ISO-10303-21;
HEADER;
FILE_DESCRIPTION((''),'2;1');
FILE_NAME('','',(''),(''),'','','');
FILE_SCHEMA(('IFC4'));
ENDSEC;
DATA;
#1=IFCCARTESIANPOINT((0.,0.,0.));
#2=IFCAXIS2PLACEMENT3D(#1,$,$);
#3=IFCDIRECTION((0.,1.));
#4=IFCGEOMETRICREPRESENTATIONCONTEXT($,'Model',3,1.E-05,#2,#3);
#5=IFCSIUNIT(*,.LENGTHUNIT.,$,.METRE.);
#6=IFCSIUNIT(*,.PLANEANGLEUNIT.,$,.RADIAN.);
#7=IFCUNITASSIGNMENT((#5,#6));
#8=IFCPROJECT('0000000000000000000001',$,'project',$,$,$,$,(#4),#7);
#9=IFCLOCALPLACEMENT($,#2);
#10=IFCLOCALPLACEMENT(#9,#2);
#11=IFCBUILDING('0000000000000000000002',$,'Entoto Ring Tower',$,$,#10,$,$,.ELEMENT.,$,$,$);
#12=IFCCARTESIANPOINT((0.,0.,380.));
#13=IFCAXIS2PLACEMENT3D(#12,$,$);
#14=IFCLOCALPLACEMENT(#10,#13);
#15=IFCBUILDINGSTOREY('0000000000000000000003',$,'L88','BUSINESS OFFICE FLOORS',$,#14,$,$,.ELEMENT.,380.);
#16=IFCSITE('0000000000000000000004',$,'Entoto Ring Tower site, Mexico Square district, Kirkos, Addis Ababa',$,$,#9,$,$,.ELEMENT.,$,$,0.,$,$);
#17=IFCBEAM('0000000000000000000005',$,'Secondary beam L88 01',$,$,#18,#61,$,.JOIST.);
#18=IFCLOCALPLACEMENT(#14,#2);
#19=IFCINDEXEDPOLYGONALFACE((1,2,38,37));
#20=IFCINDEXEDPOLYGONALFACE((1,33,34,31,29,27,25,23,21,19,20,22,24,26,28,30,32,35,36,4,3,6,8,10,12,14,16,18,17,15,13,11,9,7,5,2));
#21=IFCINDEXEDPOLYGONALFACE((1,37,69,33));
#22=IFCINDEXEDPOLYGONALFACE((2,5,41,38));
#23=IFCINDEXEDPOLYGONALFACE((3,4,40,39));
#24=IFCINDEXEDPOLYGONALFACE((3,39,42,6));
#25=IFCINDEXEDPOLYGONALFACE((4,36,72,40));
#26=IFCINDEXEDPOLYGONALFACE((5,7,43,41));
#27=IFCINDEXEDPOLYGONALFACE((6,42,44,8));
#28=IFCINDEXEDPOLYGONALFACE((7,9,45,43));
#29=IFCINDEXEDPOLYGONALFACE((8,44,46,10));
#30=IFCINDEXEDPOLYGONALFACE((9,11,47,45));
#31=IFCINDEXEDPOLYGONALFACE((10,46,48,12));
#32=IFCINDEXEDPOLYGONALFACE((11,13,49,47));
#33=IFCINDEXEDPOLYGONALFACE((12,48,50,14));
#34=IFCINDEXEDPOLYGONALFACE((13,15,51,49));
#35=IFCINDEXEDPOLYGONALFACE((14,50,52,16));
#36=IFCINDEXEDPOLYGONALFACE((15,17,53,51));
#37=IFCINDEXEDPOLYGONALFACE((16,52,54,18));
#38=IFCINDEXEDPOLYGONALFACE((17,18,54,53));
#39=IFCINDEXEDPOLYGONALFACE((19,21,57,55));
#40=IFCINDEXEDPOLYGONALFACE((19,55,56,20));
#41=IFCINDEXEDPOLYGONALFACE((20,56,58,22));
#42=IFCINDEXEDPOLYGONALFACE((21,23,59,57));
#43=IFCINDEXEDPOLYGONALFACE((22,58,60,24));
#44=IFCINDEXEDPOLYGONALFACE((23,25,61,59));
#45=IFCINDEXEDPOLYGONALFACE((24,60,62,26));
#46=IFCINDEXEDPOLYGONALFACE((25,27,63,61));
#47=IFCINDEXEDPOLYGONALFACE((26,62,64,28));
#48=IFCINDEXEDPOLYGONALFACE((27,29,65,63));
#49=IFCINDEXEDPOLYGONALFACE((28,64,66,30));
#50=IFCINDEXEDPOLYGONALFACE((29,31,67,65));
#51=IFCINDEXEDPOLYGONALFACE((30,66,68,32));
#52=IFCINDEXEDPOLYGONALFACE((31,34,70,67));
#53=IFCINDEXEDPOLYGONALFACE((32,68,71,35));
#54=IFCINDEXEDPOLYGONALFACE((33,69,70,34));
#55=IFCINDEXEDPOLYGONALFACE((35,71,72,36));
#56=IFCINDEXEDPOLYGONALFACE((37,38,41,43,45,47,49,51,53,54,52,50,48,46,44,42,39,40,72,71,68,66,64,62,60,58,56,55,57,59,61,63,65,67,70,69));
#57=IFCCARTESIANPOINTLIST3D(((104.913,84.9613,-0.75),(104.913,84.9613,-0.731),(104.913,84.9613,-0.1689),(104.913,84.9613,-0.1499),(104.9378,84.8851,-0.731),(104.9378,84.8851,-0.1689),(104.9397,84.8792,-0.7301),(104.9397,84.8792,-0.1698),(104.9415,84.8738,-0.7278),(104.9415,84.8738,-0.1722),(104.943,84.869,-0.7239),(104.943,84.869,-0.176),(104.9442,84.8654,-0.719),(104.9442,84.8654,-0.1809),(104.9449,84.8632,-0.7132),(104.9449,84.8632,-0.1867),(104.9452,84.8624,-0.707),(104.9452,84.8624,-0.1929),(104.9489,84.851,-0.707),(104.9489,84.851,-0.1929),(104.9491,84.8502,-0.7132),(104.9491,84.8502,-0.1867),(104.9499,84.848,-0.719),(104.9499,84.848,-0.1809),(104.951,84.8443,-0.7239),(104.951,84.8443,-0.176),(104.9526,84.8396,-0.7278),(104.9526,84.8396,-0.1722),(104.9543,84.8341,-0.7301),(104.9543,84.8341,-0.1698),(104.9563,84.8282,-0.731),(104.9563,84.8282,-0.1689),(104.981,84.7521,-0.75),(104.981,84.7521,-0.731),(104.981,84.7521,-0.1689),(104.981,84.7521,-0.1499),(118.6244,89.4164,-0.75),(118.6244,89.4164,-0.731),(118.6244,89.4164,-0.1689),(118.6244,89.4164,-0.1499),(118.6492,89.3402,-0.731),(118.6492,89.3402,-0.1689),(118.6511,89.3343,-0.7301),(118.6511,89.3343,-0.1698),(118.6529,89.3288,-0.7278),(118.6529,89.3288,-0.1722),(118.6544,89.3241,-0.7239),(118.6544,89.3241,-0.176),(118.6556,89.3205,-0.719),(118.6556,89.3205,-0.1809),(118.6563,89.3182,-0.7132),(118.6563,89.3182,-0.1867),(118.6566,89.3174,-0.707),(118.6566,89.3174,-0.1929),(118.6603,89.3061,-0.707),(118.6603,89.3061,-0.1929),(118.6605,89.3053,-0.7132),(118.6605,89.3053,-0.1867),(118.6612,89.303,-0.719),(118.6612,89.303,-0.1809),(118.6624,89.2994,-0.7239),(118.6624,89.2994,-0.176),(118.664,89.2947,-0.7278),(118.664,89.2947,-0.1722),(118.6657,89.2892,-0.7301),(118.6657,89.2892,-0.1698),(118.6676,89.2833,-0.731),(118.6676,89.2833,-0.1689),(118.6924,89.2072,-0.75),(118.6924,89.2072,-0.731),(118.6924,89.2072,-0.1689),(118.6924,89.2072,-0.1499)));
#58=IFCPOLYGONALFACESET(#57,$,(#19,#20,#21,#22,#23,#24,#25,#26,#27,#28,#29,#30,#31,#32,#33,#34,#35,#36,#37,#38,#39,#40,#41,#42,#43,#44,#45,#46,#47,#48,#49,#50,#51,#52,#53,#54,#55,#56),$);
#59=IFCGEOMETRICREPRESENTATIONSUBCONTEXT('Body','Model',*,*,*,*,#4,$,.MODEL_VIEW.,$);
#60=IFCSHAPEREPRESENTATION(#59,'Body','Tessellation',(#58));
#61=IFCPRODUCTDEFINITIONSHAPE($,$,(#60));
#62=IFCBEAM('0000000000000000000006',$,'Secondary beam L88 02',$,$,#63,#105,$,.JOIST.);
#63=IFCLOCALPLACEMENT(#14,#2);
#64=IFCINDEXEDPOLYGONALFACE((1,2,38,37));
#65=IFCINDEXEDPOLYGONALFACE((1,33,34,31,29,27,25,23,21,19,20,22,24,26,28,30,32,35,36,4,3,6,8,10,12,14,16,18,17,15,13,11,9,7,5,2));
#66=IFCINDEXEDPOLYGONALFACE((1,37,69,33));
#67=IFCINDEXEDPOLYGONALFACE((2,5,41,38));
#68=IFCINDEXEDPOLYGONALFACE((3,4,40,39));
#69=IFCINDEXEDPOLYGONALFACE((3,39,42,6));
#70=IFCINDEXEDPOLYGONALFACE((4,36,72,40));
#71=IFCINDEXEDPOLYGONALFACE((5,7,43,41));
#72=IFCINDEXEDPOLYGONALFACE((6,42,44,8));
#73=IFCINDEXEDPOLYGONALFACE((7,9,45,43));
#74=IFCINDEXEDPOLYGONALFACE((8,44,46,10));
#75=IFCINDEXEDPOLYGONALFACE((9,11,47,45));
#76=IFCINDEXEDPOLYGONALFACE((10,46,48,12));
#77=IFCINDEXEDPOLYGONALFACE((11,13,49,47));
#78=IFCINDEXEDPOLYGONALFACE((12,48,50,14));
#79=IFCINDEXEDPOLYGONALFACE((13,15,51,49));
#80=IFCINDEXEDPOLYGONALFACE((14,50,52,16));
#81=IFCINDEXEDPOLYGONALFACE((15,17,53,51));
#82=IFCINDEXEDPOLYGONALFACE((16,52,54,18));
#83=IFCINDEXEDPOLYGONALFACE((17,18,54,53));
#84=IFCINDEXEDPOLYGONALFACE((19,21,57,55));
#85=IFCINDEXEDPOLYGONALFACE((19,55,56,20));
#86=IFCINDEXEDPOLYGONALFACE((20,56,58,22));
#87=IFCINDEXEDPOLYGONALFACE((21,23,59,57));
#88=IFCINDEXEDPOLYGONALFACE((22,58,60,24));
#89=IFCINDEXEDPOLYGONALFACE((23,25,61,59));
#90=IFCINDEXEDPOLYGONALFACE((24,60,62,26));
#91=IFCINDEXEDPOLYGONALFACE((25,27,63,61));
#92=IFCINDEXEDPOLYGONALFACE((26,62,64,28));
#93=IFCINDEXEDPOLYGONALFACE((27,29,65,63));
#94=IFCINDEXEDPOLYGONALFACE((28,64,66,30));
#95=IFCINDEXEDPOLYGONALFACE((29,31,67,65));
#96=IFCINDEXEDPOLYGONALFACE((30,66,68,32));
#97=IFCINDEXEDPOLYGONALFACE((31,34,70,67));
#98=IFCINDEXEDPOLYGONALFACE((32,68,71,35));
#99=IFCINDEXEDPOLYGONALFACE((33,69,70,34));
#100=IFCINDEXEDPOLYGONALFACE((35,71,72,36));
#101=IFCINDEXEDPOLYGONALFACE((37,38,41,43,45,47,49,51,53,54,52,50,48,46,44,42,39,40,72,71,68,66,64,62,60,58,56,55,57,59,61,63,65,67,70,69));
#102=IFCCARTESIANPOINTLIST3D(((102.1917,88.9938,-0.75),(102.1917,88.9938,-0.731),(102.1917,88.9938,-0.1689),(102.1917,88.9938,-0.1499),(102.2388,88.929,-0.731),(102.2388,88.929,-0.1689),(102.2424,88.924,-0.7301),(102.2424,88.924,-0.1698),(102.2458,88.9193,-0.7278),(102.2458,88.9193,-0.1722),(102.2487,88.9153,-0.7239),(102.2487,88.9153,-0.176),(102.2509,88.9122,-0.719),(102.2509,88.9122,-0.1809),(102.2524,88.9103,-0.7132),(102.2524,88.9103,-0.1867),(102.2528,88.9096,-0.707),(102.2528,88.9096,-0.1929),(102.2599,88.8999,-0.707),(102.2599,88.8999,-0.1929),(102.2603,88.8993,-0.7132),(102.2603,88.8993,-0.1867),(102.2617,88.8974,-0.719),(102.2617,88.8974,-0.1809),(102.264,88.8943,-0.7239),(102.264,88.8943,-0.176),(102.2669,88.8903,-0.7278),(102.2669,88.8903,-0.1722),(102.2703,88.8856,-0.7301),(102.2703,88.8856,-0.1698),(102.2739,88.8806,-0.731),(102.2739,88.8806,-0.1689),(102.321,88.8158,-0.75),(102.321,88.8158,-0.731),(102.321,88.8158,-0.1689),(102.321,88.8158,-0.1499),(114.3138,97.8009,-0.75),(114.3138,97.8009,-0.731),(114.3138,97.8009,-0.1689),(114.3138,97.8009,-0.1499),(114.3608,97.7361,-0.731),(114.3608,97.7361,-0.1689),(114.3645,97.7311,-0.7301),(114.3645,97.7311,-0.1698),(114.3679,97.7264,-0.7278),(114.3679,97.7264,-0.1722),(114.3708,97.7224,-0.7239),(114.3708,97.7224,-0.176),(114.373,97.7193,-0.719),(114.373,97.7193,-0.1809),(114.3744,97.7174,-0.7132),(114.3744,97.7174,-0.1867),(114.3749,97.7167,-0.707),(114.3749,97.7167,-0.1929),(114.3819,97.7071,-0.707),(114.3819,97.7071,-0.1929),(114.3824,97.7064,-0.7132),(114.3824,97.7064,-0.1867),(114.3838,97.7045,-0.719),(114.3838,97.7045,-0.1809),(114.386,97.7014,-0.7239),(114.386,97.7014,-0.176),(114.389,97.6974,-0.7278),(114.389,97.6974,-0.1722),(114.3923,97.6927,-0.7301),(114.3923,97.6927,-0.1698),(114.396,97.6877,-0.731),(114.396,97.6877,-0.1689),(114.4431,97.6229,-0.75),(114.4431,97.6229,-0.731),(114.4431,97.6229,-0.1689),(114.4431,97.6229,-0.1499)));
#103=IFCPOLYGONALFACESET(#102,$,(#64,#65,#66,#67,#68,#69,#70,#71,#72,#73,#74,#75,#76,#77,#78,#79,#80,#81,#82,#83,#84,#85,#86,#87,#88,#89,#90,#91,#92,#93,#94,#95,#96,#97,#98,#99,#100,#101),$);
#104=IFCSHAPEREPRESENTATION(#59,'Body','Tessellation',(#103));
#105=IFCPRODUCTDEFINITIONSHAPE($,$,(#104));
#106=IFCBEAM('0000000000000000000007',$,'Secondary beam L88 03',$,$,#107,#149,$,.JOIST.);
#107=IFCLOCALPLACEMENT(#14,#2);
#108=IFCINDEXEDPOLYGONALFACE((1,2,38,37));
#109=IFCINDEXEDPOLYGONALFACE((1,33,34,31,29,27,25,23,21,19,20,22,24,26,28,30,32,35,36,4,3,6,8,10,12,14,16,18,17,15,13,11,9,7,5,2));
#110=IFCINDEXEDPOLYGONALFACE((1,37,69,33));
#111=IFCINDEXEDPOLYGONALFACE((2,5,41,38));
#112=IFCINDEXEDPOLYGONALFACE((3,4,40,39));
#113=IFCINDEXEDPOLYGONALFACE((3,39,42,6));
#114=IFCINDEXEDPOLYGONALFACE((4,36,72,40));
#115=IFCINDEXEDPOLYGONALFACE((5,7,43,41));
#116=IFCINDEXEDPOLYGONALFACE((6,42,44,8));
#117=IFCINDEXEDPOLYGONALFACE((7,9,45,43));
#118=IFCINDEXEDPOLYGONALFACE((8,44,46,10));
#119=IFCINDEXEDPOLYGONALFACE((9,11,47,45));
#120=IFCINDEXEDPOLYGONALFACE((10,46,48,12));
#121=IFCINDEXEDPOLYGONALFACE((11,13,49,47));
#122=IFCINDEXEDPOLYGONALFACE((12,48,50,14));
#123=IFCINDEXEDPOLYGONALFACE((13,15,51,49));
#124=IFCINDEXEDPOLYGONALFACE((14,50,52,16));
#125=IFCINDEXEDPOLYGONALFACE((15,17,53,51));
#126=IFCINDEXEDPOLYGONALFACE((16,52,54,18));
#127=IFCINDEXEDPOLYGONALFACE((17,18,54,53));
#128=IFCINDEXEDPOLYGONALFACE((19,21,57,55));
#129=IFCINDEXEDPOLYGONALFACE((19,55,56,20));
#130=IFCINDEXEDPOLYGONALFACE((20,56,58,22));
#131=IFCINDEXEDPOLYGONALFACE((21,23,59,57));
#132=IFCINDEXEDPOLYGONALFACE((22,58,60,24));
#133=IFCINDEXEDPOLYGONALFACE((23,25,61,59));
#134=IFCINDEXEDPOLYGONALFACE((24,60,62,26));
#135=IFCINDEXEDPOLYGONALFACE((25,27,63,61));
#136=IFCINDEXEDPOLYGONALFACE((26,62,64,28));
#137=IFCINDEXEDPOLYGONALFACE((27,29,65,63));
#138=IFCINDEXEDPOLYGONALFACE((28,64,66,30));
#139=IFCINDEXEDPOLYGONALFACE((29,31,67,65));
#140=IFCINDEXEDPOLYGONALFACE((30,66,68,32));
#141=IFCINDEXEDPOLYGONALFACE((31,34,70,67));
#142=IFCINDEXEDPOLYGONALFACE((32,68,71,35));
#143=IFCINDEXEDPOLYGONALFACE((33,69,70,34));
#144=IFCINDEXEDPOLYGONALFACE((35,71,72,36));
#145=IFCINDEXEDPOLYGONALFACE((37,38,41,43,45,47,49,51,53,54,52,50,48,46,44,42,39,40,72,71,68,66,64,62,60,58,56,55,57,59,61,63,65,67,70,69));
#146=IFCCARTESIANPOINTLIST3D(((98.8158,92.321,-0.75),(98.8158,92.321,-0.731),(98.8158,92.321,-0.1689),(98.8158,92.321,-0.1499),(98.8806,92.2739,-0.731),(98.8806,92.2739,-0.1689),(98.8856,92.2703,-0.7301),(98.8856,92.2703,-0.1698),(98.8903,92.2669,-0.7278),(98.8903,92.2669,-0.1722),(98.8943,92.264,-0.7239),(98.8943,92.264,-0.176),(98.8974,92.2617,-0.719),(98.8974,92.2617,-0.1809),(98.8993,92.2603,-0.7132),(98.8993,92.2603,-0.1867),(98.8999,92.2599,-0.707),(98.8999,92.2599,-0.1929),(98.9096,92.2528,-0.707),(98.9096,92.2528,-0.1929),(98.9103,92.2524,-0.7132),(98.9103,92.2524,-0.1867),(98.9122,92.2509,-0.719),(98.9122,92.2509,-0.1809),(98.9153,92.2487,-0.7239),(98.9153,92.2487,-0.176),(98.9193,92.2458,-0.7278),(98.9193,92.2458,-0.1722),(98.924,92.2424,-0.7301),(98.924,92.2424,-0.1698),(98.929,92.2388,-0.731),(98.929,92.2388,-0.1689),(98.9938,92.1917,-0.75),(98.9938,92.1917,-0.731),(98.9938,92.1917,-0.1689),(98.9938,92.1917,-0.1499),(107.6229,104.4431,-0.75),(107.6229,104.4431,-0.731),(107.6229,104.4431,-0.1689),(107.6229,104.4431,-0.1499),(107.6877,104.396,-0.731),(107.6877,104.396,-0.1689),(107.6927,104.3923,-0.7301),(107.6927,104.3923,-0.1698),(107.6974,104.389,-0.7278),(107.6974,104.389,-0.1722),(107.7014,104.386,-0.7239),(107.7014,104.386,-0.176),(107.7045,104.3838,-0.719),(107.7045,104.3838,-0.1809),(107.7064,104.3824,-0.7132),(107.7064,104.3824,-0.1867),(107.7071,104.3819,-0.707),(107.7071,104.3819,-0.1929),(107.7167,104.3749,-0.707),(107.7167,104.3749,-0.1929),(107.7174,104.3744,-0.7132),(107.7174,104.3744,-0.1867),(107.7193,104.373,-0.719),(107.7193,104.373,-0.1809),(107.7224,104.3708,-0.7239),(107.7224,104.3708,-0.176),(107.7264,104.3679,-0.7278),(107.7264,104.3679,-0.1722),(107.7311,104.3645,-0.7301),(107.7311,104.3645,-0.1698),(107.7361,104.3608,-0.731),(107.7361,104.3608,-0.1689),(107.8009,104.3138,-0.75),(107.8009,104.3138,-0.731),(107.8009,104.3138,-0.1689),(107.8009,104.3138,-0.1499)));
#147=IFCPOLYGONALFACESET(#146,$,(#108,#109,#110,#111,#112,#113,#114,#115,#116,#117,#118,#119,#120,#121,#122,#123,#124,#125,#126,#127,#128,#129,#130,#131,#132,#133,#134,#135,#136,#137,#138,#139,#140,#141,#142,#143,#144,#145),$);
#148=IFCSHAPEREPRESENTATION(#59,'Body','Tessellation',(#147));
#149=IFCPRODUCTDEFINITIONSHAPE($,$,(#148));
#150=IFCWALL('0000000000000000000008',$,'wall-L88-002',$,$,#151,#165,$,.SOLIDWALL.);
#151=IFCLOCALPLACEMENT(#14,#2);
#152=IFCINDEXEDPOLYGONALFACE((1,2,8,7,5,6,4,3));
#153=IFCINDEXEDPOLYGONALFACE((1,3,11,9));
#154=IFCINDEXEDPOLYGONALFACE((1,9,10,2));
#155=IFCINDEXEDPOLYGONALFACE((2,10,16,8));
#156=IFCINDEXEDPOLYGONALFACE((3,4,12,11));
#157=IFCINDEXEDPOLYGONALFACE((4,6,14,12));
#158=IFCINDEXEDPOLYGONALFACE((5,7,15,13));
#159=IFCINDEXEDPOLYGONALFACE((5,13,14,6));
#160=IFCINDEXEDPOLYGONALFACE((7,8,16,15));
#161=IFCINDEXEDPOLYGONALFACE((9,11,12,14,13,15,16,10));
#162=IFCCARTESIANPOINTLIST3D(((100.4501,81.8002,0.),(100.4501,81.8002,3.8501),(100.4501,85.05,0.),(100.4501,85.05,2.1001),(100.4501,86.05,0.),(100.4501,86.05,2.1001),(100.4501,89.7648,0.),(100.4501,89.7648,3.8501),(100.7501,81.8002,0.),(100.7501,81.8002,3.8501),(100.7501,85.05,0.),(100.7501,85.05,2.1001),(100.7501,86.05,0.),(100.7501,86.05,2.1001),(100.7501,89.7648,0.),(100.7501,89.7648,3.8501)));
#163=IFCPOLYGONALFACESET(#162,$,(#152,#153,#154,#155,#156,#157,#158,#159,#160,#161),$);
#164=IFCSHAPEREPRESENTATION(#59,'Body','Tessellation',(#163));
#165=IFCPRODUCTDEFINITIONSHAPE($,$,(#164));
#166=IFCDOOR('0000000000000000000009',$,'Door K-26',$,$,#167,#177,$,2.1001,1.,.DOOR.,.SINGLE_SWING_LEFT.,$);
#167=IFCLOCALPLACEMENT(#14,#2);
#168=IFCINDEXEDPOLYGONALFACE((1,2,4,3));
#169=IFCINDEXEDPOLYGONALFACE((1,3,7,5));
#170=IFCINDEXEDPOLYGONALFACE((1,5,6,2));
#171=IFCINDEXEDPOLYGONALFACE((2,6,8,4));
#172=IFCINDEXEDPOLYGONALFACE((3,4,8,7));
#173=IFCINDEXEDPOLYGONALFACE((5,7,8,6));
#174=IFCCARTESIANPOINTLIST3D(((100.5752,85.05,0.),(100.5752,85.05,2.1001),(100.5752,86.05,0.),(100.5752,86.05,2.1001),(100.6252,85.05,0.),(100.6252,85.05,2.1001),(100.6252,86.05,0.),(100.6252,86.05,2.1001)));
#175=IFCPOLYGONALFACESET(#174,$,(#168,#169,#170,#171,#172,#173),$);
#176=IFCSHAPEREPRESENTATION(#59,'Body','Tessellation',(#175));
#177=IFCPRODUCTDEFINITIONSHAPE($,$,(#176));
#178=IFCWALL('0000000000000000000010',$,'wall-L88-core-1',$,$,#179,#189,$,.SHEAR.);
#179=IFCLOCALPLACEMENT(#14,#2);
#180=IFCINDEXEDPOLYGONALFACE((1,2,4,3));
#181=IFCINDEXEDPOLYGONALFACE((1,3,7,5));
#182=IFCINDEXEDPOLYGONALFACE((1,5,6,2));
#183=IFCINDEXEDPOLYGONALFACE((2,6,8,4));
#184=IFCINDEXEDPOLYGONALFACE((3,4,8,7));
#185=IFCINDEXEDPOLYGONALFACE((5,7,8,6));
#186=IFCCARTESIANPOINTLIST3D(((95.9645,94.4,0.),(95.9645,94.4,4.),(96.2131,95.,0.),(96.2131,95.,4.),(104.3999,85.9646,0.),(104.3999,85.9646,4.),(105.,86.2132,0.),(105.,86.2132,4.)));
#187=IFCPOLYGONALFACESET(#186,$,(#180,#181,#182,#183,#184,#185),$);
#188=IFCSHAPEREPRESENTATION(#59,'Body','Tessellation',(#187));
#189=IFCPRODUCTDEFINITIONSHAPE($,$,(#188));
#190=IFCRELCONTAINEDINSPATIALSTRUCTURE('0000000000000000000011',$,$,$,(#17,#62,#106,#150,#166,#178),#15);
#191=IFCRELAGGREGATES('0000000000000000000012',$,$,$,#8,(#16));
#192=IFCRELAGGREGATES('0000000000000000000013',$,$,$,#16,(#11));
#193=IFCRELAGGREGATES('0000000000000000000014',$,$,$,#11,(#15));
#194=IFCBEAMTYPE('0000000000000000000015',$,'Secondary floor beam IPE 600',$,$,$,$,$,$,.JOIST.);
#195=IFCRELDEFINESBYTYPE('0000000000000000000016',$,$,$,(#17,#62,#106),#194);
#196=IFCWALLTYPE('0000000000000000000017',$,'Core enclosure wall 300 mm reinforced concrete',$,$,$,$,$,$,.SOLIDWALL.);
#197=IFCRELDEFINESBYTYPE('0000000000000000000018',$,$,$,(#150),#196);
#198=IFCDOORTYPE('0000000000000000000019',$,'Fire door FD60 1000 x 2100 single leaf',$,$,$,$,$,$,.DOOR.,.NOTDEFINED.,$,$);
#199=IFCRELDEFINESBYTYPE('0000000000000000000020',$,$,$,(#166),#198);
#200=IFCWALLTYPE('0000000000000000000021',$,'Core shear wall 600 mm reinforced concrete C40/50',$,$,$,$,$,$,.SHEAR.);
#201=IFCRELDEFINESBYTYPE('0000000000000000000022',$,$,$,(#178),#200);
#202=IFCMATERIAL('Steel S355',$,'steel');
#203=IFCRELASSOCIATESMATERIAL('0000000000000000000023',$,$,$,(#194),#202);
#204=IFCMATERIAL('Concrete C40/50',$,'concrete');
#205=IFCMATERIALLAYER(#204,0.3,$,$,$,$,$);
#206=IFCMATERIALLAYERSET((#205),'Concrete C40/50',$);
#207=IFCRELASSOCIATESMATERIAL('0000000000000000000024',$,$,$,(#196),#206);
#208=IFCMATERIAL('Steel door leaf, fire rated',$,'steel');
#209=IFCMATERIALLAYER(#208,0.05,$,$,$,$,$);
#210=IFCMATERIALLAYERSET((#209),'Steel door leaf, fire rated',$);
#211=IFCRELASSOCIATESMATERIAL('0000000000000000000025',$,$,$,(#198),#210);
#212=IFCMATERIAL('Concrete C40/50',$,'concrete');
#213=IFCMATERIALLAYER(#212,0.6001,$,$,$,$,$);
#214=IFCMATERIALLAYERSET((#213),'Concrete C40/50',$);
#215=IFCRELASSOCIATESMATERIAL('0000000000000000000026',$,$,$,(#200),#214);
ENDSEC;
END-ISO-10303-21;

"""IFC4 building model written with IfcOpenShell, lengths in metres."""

from ifc_helpers import new_model, si_unit, direction, frame, frame_2d, origin, origin_2d, place, context, subcontext, project, spatial, polyline, rectangle, i_section, outline, extrude, material, layer, layer_set, material_profile, profile_set, type_object, element, fill, save


model = new_model("IFC4")

# Units and contexts
model_context = context("Model", 3, precision=1e-05, world=origin(), true_north=direction((0.0, 1.0)))
body_context = subcontext(model_context, "Body", "Model", "MODEL_VIEW")
ifc_project = project(units=[si_unit("LENGTHUNIT", "METRE"), si_unit("PLANEANGLEUNIT", "RADIAN")], contexts=[model_context])

# Site, building, storey
site_placement = place(None, origin())
site = spatial("IfcSite", under=ifc_project, at=site_placement, Name="Entoto Ring Tower site, Mexico Square district, Kirkos, Addis Ababa", CompositionType="ELEMENT", RefElevation=0.0)
building_placement = place(site_placement, origin())
building = spatial("IfcBuilding", under=site, at=building_placement, Name="Entoto Ring Tower", CompositionType="ELEMENT")
storey_placement = place(building_placement, frame((0.0, 0.0, 380.0)))
storey = spatial("IfcBuildingStorey", under=building, at=storey_placement, Name="L88", Description="BUSINESS OFFICE FLOORS", CompositionType="ELEMENT", Elevation=380.0)

# Beams
ifc_material_1 = material(Name="Steel S355", Category="steel")
ifc_material_profile_1 = material_profile(ifc_material_1, i_section(OverallWidth=0.22, OverallDepth=0.6001, WebThickness=0.012, FlangeThickness=0.019, FilletRadius=0.0239, at=origin_2d()), Name="IPE 600")
ifc_profile_set_1 = profile_set([ifc_material_profile_1], Name="Steel S355")
beam_type_1 = type_object("IfcBeamType", Name="Secondary floor beam IPE 600", PredefinedType="JOIST", material=ifc_profile_set_1)
beam_1_placement = place(storey_placement, frame((104.947, 84.8567, -0.45), z_axis=(0.951057, 0.309015, 0.0), x_axis=(-0.309015, 0.951057, 0.0)))
element("IfcBeam", 1, at=beam_1_placement, inside=storey, type_object=beam_type_1, Name="Secondary beam L88 01", PredefinedType="JOIST", context=body_context, shape_type="SweptSolid", body=[
    extrude(i_section(OverallWidth=0.22, OverallDepth=0.6001, WebThickness=0.012, FlangeThickness=0.019, FilletRadius=0.0239, at=origin_2d()), origin(), (0.0, 0.0, 1.0), 14.417),
])
for number, where, z_axis, x_axis, name in (
    (2, (102.2563, 88.9048, -0.45), (0.809019, 0.587782, 0.0), (-0.587782, 0.809019, 0.0), "Secondary beam L88 02"),
    (3, (98.9048, 92.2563, -0.45), (0.587782, 0.809019, 0.0), (-0.809019, 0.587782, 0.0), "Secondary beam L88 03"),
):
    element("IfcBeam", number, at=place(storey_placement, frame(where, z_axis=z_axis, x_axis=x_axis)), inside=storey, type_object=beam_type_1, Name=name, PredefinedType="JOIST", context=body_context, shape_type="SweptSolid", body=[
        extrude(i_section(OverallWidth=0.22, OverallDepth=0.6001, WebThickness=0.012, FlangeThickness=0.019, FilletRadius=0.0239, at=origin_2d()), origin(), (0.0, 0.0, 1.0), 14.9836),
    ])

# Wall, opening, door
ifc_material_2 = material(Name="Concrete C40/50", Category="concrete")
ifc_layer_1 = layer(ifc_material_2, 0.3)
ifc_layer_set_1 = layer_set([ifc_layer_1], Name="Concrete C40/50")
wall_type_1 = type_object("IfcWallType", Name="Core enclosure wall 300 mm reinforced concrete", PredefinedType="SOLIDWALL", material=ifc_layer_set_1)
wall_1_placement = place(storey_placement, frame((100.6001, 81.8, 0.0), z_axis=(0.0, 0.0, 1.0), x_axis=(0.0, 1.0, 0.0)))
wall_1 = element("IfcWall", 4, at=wall_1_placement, inside=storey, type_object=wall_type_1, Name="wall-L88-002", PredefinedType="SOLIDWALL", context=body_context, shape_type="SweptSolid", body=[
    extrude(rectangle(XDim=7.9646, YDim=0.3, at=frame_2d((3.9824, 0.0))), origin(), (0.0, 0.0, 1.0), 3.8501),
])
opening_1_placement = place(wall_1_placement, frame((3.25, 0.0, 0.0)))
opening_1 = element("IfcOpeningElement", 5, at=opening_1_placement, cuts=wall_1, PredefinedType="OPENING", context=body_context, shape_type="SweptSolid", body=[
    extrude(rectangle(XDim=1.0, YDim=2.1001, at=frame_2d((0.5, 1.05))), frame((0.0, 0.1602, 0.0), z_axis=(0.0, -1.0, 0.0), x_axis=(1.0, 0.0, 0.0)), (0.0, 0.0, 1.0), 0.3201),
])
ifc_material_3 = material(Name="Steel door leaf, fire rated", Category="steel")
ifc_layer_2 = layer(ifc_material_3, 0.05)
ifc_layer_set_2 = layer_set([ifc_layer_2], Name="Steel door leaf, fire rated")
door_type_1 = type_object("IfcDoorType", Name="Fire door FD60 1000 x 2100 single leaf", OperationType="NOTDEFINED", PredefinedType="DOOR", material=ifc_layer_set_2)
door_1_placement = place(opening_1_placement, origin())
door_1 = element("IfcDoor", 6, at=door_1_placement, inside=storey, type_object=door_type_1, Name="Door K-26", OperationType="SINGLE_SWING_LEFT", OverallHeight=2.1001, OverallWidth=1.0, PredefinedType="DOOR", context=body_context, shape_type="SweptSolid", body=[
    extrude(rectangle(XDim=1.0, YDim=2.1001, at=frame_2d((0.5, 1.05))), frame((0.0, 0.0249, 0.0), z_axis=(0.0, -1.0, 0.0), x_axis=(1.0, 0.0, 0.0)), (0.0, 0.0, 1.0), 0.05),
])
fill(opening_1, door_1)

# Wall
ifc_material_4 = material(Name="Concrete C40/50", Category="concrete")
ifc_layer_3 = layer(ifc_material_4, 0.6001)
ifc_layer_set_3 = layer_set([ifc_layer_3], Name="Concrete C40/50")
wall_type_2 = type_object("IfcWallType", Name="Core shear wall 600 mm reinforced concrete C40/50", PredefinedType="SHEAR", material=ifc_layer_set_3)
wall_2_placement = place(storey_placement, frame((104.7, 86.0889, 0.0), z_axis=(0.0, 0.0, 1.0), x_axis=(-0.707107, 0.707107, 0.0)))
element("IfcWall", 7, at=wall_2_placement, inside=storey, type_object=wall_type_2, Name="wall-L88-core-1", PredefinedType="SHEAR", context=body_context, shape_type="SweptSolid", body=[
    extrude(outline(polyline([(-0.1243, -0.3), (12.3022, -0.3), (12.0537, 0.3), (0.1243, 0.3), (-0.1243, -0.3)])), origin(), (0.0, 0.0, 1.0), 4.0),
])

save(model, "model.ifc")
